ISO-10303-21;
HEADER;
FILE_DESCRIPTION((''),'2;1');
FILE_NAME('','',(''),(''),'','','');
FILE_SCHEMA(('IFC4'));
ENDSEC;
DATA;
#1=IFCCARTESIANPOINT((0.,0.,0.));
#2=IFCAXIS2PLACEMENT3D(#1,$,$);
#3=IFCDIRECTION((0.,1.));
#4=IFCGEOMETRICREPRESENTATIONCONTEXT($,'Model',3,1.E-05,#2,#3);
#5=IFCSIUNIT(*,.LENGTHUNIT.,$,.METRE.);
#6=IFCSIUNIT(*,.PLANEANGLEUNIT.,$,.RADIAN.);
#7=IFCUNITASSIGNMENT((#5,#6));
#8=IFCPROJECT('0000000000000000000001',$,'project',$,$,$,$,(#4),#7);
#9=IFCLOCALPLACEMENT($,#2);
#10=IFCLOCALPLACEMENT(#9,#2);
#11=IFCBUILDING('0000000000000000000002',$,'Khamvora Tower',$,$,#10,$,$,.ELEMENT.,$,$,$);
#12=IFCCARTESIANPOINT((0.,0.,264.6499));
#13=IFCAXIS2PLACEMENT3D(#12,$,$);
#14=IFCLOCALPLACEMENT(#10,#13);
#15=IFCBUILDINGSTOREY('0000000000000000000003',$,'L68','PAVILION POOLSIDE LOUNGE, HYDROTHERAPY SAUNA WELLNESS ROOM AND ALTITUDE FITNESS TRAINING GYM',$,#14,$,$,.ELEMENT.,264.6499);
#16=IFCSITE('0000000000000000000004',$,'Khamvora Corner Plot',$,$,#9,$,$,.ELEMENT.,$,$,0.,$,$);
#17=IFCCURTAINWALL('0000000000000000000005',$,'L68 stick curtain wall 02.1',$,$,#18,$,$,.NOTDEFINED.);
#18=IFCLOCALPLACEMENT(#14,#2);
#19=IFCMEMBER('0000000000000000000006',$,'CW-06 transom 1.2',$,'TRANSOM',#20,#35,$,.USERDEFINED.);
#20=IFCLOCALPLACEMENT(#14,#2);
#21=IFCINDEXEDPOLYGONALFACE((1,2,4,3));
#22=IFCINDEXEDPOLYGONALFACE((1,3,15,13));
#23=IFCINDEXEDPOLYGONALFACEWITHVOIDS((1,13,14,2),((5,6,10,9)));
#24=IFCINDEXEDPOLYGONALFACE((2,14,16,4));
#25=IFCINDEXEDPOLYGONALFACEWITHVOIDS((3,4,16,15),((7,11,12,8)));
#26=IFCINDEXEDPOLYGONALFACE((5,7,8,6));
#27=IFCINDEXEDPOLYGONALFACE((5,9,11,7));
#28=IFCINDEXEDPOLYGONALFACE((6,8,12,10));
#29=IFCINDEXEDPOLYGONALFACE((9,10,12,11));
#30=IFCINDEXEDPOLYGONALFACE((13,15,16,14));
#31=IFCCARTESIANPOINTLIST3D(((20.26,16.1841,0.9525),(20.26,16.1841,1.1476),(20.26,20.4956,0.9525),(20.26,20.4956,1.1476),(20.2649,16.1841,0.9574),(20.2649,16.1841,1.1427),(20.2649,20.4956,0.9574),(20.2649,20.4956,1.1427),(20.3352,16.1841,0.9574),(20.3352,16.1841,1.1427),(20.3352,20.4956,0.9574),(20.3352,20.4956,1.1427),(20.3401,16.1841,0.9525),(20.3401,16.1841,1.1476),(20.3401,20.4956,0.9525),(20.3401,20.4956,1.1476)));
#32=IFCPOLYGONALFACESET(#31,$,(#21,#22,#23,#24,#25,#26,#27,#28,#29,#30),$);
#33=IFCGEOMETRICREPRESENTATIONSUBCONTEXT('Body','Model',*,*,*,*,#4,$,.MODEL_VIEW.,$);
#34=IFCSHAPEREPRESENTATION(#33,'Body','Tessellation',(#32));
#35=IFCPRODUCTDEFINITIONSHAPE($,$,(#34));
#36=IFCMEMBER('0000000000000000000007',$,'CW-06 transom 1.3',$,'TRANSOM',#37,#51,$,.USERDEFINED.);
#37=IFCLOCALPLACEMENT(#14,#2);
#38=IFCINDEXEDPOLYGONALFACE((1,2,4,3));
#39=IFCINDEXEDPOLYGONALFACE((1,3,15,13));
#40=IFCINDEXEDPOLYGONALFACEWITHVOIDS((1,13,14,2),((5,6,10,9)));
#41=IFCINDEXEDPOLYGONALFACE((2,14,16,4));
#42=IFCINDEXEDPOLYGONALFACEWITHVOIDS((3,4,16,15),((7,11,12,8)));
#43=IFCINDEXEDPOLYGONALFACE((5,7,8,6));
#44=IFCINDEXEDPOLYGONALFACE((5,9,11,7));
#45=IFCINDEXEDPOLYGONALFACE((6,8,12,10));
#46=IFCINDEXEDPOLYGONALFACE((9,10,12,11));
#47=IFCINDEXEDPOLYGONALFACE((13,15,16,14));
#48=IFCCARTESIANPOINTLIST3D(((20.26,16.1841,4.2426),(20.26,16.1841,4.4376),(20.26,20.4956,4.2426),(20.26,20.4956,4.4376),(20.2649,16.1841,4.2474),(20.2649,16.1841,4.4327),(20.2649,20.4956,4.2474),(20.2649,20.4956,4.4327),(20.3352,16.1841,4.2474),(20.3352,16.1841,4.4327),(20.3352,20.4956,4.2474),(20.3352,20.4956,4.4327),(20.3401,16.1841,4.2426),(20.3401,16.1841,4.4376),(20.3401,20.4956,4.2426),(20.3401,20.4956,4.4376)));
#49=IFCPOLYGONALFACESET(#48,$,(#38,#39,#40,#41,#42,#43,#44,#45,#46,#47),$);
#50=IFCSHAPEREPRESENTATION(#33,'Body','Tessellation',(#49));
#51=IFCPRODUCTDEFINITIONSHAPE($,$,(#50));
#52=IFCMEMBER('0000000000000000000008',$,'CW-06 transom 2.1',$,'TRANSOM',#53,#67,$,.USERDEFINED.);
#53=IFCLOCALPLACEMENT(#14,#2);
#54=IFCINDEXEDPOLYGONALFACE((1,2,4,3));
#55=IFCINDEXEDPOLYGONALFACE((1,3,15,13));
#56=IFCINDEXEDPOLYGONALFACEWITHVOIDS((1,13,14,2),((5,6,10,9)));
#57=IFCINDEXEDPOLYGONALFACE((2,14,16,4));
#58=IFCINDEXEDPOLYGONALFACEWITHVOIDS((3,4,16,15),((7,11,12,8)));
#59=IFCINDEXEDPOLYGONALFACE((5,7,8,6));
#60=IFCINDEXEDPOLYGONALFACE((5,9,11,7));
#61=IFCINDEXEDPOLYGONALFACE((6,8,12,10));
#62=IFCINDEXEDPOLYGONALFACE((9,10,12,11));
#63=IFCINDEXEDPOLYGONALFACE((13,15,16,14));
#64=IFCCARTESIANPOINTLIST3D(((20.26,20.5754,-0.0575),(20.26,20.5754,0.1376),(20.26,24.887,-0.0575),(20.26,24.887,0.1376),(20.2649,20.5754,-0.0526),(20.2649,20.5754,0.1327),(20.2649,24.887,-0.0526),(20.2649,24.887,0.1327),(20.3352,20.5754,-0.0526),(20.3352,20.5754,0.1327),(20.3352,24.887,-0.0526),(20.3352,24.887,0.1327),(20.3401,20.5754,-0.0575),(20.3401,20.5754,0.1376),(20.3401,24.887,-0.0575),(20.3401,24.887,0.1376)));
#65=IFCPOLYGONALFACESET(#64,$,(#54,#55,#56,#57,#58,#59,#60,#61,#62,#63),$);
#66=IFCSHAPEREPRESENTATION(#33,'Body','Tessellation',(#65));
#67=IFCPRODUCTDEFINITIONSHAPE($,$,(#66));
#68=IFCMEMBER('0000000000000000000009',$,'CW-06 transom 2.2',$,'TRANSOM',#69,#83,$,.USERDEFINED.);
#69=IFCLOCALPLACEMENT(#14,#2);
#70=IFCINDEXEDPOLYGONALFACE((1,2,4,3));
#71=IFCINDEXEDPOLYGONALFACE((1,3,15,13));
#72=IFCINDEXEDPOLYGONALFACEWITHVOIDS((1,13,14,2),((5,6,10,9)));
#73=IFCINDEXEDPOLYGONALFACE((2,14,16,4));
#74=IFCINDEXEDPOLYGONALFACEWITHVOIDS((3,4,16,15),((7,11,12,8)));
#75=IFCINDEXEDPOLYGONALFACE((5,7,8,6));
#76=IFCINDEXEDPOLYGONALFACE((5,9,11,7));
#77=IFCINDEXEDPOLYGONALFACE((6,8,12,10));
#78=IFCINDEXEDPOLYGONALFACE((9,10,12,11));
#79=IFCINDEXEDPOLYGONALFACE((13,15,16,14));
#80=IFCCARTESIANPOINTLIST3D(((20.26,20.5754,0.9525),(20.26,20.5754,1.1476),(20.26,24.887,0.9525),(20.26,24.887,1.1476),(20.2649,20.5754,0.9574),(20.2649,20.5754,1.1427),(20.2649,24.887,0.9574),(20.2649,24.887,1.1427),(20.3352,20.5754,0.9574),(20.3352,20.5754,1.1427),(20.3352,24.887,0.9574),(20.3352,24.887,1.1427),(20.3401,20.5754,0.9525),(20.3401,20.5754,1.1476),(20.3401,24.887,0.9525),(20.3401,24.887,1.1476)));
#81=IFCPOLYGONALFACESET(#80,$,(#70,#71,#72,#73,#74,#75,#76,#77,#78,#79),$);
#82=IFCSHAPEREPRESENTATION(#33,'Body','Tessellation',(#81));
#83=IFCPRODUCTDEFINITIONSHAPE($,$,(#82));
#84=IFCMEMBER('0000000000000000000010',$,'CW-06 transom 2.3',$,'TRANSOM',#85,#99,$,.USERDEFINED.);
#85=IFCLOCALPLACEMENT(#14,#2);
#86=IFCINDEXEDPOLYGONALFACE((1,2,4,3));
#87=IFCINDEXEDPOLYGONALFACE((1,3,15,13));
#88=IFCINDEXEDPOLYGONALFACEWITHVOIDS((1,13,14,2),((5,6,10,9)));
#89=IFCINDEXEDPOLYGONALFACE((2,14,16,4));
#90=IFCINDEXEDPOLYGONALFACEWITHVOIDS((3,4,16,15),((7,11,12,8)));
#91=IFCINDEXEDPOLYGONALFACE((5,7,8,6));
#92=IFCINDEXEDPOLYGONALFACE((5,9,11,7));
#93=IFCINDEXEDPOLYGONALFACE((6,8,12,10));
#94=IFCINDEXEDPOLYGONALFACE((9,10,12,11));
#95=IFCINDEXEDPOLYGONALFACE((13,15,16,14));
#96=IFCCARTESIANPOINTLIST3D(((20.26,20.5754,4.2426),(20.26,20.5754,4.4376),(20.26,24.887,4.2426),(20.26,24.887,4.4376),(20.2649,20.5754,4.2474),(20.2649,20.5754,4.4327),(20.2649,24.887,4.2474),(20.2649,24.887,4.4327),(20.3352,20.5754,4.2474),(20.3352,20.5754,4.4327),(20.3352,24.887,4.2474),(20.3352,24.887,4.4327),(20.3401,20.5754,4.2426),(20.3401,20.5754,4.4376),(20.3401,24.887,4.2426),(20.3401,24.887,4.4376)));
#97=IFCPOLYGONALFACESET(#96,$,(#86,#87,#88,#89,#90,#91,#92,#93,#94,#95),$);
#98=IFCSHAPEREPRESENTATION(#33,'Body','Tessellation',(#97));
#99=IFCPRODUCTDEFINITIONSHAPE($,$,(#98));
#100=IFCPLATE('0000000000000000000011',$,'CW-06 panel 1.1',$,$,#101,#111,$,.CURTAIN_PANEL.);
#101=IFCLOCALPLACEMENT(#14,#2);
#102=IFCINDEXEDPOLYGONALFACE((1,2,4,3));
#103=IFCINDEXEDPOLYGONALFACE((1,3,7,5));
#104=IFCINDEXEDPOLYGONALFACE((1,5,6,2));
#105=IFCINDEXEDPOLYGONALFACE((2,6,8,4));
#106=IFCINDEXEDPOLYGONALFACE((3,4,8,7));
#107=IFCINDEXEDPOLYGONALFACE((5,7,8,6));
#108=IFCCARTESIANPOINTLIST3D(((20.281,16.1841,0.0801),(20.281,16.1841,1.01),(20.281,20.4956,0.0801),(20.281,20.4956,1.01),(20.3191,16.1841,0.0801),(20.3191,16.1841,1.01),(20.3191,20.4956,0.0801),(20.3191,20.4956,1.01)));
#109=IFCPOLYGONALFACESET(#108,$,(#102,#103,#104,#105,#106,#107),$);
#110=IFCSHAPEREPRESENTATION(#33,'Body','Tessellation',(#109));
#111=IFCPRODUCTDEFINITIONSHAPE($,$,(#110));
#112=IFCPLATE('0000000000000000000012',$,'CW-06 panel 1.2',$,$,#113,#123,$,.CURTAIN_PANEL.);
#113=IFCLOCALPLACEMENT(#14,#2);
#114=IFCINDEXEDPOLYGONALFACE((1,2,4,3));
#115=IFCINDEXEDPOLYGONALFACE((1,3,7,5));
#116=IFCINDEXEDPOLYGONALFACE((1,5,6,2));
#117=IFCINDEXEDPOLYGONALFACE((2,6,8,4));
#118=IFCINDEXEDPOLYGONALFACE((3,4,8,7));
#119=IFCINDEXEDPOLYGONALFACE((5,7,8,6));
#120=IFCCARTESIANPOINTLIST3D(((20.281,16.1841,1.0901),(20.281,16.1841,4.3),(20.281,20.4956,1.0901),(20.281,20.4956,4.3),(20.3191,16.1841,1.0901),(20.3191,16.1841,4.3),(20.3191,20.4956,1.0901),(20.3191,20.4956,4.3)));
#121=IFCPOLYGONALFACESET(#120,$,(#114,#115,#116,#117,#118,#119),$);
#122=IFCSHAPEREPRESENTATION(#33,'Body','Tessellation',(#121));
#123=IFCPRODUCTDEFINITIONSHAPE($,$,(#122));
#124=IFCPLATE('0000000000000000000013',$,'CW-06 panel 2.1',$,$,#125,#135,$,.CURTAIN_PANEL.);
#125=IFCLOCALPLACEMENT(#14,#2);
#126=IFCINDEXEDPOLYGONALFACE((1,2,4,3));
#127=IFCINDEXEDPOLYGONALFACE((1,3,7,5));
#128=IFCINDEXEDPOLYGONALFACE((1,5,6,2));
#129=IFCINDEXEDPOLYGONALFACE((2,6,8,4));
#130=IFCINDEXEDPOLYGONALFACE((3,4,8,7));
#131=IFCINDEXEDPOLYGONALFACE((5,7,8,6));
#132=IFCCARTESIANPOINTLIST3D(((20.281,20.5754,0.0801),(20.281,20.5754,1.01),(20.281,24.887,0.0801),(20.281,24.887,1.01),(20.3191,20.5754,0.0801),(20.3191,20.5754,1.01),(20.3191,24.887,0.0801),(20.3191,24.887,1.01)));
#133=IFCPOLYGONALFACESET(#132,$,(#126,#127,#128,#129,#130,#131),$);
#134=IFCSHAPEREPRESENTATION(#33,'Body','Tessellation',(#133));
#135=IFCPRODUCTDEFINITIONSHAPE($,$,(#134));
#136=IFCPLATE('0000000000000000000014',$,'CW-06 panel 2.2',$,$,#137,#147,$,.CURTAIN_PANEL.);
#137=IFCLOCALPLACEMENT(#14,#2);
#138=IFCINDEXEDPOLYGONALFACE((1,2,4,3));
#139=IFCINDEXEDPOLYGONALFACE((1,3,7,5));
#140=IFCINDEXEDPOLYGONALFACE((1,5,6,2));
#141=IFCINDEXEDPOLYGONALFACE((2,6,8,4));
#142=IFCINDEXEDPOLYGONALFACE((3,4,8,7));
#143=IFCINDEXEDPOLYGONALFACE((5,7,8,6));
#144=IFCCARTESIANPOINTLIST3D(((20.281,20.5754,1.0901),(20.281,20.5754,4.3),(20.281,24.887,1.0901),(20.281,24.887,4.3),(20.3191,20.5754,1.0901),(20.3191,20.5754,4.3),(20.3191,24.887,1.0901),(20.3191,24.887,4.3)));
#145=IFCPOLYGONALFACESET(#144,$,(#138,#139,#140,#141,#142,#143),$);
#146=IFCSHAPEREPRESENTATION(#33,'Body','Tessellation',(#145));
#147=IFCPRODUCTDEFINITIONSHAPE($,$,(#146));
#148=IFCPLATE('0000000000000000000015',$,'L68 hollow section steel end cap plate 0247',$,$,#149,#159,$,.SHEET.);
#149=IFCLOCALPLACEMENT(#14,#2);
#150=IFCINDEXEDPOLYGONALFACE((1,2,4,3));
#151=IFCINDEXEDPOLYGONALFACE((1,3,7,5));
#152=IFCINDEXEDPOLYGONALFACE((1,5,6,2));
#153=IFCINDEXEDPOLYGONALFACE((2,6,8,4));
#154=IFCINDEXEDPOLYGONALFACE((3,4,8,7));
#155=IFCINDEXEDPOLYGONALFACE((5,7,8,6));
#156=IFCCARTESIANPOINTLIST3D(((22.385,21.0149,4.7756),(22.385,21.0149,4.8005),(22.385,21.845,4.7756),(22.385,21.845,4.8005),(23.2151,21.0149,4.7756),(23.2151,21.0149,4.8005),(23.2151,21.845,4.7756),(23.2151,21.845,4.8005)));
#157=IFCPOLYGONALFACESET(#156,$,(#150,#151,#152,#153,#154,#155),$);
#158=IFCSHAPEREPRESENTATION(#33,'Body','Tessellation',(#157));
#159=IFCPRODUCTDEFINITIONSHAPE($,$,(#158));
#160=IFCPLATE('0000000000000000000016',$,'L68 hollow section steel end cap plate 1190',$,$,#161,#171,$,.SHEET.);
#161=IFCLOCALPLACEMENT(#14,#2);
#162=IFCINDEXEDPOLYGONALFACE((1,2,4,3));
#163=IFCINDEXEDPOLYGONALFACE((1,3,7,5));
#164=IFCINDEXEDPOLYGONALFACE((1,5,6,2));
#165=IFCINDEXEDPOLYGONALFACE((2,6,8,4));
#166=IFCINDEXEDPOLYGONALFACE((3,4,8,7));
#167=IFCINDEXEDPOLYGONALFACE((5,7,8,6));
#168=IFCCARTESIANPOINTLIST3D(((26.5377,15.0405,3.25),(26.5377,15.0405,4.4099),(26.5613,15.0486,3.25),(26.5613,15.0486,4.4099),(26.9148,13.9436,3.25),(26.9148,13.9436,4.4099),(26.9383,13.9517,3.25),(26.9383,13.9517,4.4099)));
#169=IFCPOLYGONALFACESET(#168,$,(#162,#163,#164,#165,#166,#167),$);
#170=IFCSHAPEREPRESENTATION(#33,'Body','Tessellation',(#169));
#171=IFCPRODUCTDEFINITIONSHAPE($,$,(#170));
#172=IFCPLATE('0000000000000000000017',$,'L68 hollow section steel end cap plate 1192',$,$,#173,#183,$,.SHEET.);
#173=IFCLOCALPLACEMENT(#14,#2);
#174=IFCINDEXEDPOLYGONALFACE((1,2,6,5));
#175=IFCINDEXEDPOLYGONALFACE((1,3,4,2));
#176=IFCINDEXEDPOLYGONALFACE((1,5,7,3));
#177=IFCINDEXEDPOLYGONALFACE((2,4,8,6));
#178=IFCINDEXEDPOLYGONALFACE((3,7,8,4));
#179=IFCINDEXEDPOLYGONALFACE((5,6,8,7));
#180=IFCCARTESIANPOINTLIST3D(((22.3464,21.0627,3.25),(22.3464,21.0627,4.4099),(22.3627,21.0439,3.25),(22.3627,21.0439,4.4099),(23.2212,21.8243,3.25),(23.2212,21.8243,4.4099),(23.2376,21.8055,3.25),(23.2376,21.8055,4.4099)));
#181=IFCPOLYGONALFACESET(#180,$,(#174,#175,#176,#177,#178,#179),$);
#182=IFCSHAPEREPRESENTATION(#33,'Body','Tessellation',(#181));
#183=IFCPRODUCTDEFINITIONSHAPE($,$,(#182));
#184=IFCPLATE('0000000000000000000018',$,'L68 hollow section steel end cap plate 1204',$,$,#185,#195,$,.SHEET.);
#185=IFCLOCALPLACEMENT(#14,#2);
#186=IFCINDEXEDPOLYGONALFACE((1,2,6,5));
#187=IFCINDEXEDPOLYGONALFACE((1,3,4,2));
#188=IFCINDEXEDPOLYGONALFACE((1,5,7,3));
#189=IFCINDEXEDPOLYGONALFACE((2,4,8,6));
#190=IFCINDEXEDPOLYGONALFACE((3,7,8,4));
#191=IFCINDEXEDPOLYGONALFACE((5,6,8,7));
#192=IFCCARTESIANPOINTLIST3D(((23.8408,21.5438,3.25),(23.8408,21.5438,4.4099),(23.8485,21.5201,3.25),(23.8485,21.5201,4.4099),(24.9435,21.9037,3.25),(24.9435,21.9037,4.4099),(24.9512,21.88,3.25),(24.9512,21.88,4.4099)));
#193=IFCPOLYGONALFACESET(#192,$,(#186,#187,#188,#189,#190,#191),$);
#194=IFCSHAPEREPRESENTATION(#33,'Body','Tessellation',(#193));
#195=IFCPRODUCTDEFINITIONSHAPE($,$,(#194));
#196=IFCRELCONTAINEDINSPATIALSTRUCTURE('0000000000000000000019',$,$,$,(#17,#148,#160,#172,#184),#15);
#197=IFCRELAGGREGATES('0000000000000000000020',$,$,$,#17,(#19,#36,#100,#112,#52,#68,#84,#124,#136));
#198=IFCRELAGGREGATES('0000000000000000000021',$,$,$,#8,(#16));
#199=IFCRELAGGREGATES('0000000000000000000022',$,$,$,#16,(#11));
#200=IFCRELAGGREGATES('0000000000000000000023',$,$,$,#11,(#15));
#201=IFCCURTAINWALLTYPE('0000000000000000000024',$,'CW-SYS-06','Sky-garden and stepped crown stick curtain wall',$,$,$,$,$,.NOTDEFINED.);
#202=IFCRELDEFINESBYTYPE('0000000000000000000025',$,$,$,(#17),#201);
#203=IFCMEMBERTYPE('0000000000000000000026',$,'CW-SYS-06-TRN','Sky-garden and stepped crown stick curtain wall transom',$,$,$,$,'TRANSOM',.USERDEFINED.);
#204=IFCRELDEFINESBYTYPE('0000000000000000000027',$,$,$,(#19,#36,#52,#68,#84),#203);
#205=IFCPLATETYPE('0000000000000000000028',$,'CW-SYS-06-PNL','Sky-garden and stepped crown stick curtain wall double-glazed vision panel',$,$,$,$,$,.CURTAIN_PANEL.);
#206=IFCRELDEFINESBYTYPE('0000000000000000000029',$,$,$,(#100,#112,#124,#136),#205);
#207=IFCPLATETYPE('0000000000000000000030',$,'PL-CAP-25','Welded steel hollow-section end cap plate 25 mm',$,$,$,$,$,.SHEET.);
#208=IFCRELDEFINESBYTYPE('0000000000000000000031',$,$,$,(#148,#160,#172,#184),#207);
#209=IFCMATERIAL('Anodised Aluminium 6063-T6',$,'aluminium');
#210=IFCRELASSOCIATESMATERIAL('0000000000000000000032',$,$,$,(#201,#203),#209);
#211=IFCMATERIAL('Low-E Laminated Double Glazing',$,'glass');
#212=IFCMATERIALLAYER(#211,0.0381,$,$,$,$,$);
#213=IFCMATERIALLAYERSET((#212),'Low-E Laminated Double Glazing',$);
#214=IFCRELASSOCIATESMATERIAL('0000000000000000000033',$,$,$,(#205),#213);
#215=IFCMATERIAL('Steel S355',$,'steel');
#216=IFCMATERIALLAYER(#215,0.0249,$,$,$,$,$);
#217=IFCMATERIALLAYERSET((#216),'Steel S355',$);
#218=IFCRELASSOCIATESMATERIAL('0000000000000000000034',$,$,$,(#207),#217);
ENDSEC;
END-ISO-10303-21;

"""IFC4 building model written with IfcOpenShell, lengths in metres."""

from ifc_helpers import new_model, si_unit, direction, frame, origin, origin_2d, place, context, subcontext, project, spatial, rectangle, hollow_rectangle, extrude, material, layer, layer_set, material_profile, profile_set, type_object, element, aggregate, save


model = new_model("IFC4")

# Units and contexts
model_context = context("Model", 3, precision=1e-05, world=origin(), true_north=direction((0.0, 1.0)))
body_context = subcontext(model_context, "Body", "Model", "MODEL_VIEW")
ifc_project = project(units=[si_unit("LENGTHUNIT", "METRE"), si_unit("PLANEANGLEUNIT", "RADIAN")], contexts=[model_context])

# Site, building, storey
site_placement = place(None, origin())
site = spatial("IfcSite", under=ifc_project, at=site_placement, Name="Khamvora Corner Plot", CompositionType="ELEMENT", RefElevation=0.0)
building_placement = place(site_placement, origin())
building = spatial("IfcBuilding", under=site, at=building_placement, Name="Khamvora Tower", CompositionType="ELEMENT")
storey_placement = place(building_placement, frame((0.0, 0.0, 264.6499)))
storey = spatial("IfcBuildingStorey", under=building, at=storey_placement, Name="L68", Description="PAVILION POOLSIDE LOUNGE, HYDROTHERAPY SAUNA WELLNESS ROOM AND ALTITUDE FITNESS TRAINING GYM", CompositionType="ELEMENT", Elevation=264.6499)

# Shared definitions
ifc_material_1 = material(Name="Steel S355", Category="steel")

# Curtain wall, members, plates
ifc_material_2 = material(Name="Anodised Aluminium 6063-T6", Category="aluminium")
curtain_wall_type = type_object("IfcCurtainWallType", Name="CW-SYS-06", Description="Sky-garden and stepped crown stick curtain wall", PredefinedType="NOTDEFINED", material=ifc_material_2)
curtain_wall_placement = place(storey_placement, origin())
curtain_wall = element("IfcCurtainWall", 1, at=curtain_wall_placement, inside=storey, type_object=curtain_wall_type, Name="L68 stick curtain wall 02.1", PredefinedType="NOTDEFINED")
ifc_material_profile_1 = material_profile(ifc_material_2, hollow_rectangle(XDim=0.0801, YDim=0.1951, WallThickness=0.0049, at=origin_2d()), Name="TRN80x195x5")
ifc_profile_set_1 = profile_set([ifc_material_profile_1], Name="Anodised Aluminium 6063-T6")
member_type_1 = type_object("IfcMemberType", Name="CW-SYS-06-TRN", Description="Sky-garden and stepped crown stick curtain wall transom", ElementType="TRANSOM", PredefinedType="USERDEFINED", material=ifc_profile_set_1)
member_1_placement = place(storey_placement, frame((20.3, 16.1841, 1.05), z_axis=(0.0, 1.0, 0.0), x_axis=(-1.0, 0.0, 0.0)))
member_1 = element("IfcMember", 2, at=member_1_placement, type_object=member_type_1, Name="CW-06 transom 1.2", ObjectType="TRANSOM", PredefinedType="USERDEFINED", context=body_context, shape_type="SweptSolid", body=[
    extrude(hollow_rectangle(XDim=0.0801, YDim=0.1951, WallThickness=0.0049, at=origin_2d()), origin(), (0.0, 0.0, 1.0), 4.3115),
])
member_2_placement = place(storey_placement, frame((20.3, 16.1841, 4.3401), z_axis=(0.0, 1.0, 0.0), x_axis=(-1.0, 0.0, 0.0)))
member_2 = element("IfcMember", 3, at=member_2_placement, type_object=member_type_1, Name="CW-06 transom 1.3", ObjectType="TRANSOM", PredefinedType="USERDEFINED", context=body_context, shape_type="SweptSolid", body=[
    extrude(hollow_rectangle(XDim=0.0801, YDim=0.1951, WallThickness=0.0049, at=origin_2d()), origin(), (0.0, 0.0, 1.0), 4.3115),
])
member_3_placement = place(storey_placement, frame((20.3, 20.5754, 0.04), z_axis=(0.0, 1.0, 0.0), x_axis=(-1.0, 0.0, 0.0)))
member_3 = element("IfcMember", 4, at=member_3_placement, type_object=member_type_1, Name="CW-06 transom 2.1", ObjectType="TRANSOM", PredefinedType="USERDEFINED", context=body_context, shape_type="SweptSolid", body=[
    extrude(hollow_rectangle(XDim=0.0801, YDim=0.1951, WallThickness=0.0049, at=origin_2d()), origin(), (0.0, 0.0, 1.0), 4.3115),
])
member_4_placement = place(storey_placement, frame((20.3, 20.5754, 1.05), z_axis=(0.0, 1.0, 0.0), x_axis=(-1.0, 0.0, 0.0)))
member_4 = element("IfcMember", 5, at=member_4_placement, type_object=member_type_1, Name="CW-06 transom 2.2", ObjectType="TRANSOM", PredefinedType="USERDEFINED", context=body_context, shape_type="SweptSolid", body=[
    extrude(hollow_rectangle(XDim=0.0801, YDim=0.1951, WallThickness=0.0049, at=origin_2d()), origin(), (0.0, 0.0, 1.0), 4.3115),
])
member_5_placement = place(storey_placement, frame((20.3, 20.5754, 4.3401), z_axis=(0.0, 1.0, 0.0), x_axis=(-1.0, 0.0, 0.0)))
member_5 = element("IfcMember", 6, at=member_5_placement, type_object=member_type_1, Name="CW-06 transom 2.3", ObjectType="TRANSOM", PredefinedType="USERDEFINED", context=body_context, shape_type="SweptSolid", body=[
    extrude(hollow_rectangle(XDim=0.0801, YDim=0.1951, WallThickness=0.0049, at=origin_2d()), origin(), (0.0, 0.0, 1.0), 4.3115),
])
ifc_material_3 = material(Name="Low-E Laminated Double Glazing", Category="glass")
ifc_layer_1 = layer(ifc_material_3, 0.0381)
ifc_layer_set_1 = layer_set([ifc_layer_1], Name="Low-E Laminated Double Glazing")
plate_type_1 = type_object("IfcPlateType", Name="CW-SYS-06-PNL", Description="Sky-garden and stepped crown stick curtain wall double-glazed vision panel", PredefinedType="CURTAIN_PANEL", material=ifc_layer_set_1)
plate_1_placement = place(storey_placement, frame((20.3, 18.3398, 0.0801), z_axis=(0.0, 0.0, 1.0), x_axis=(0.0, 1.0, 0.0)))
plate_1 = element("IfcPlate", 7, at=plate_1_placement, type_object=plate_type_1, Name="CW-06 panel 1.1", PredefinedType="CURTAIN_PANEL", context=body_context, shape_type="SweptSolid", body=[
    extrude(rectangle(XDim=4.3115, YDim=0.0381, at=origin_2d()), origin(), (0.0, 0.0, 1.0), 0.9299),
])
plate_2_placement = place(storey_placement, frame((20.3, 18.3398, 1.0901), z_axis=(0.0, 0.0, 1.0), x_axis=(0.0, 1.0, 0.0)))
plate_2 = element("IfcPlate", 8, at=plate_2_placement, type_object=plate_type_1, Name="CW-06 panel 1.2", PredefinedType="CURTAIN_PANEL", context=body_context, shape_type="SweptSolid", body=[
    extrude(rectangle(XDim=4.3115, YDim=0.0381, at=origin_2d()), origin(), (0.0, 0.0, 1.0), 3.21),
])
plate_3_placement = place(storey_placement, frame((20.3, 22.7312, 0.0801), z_axis=(0.0, 0.0, 1.0), x_axis=(0.0, 1.0, 0.0)))
plate_3 = element("IfcPlate", 9, at=plate_3_placement, type_object=plate_type_1, Name="CW-06 panel 2.1", PredefinedType="CURTAIN_PANEL", context=body_context, shape_type="SweptSolid", body=[
    extrude(rectangle(XDim=4.3115, YDim=0.0381, at=origin_2d()), origin(), (0.0, 0.0, 1.0), 0.9299),
])
plate_4_placement = place(storey_placement, frame((20.3, 22.7312, 1.0901), z_axis=(0.0, 0.0, 1.0), x_axis=(0.0, 1.0, 0.0)))
plate_4 = element("IfcPlate", 10, at=plate_4_placement, type_object=plate_type_1, Name="CW-06 panel 2.2", PredefinedType="CURTAIN_PANEL", context=body_context, shape_type="SweptSolid", body=[
    extrude(rectangle(XDim=4.3115, YDim=0.0381, at=origin_2d()), origin(), (0.0, 0.0, 1.0), 3.21),
])
aggregate(curtain_wall, [member_1, member_2, plate_1, plate_2, member_3, member_4, member_5, plate_3, plate_4])

# Plates
ifc_layer_2 = layer(ifc_material_1, 0.0249)
ifc_layer_set_2 = layer_set([ifc_layer_2], Name="Steel S355")
plate_type_2 = type_object("IfcPlateType", Name="PL-CAP-25", Description="Welded steel hollow-section end cap plate 25 mm", PredefinedType="SHEET", material=ifc_layer_set_2)
plate_5_placement = place(storey_placement, frame((22.8, 21.4299, 4.7756), z_axis=(0.0, 0.0, 1.0), x_axis=(1.0, 0.0, 0.0)))
element("IfcPlate", 11, at=plate_5_placement, inside=storey, type_object=plate_type_2, Name="L68 hollow section steel end cap plate 0247", PredefinedType="SHEET", context=body_context, shape_type="SweptSolid", body=[
    extrude(rectangle(XDim=0.8301, YDim=0.8301, at=origin_2d()), origin(), (0.0, 0.0, 1.0), 0.0249),
])
for number, where, z_axis, x_axis, name in (
    (12, (26.738, 14.4961, 3.25), (0.0, 0.0, 1.0), (0.945689, 0.325073, 0.0), "L68 hollow section steel end cap plate 1190"),
    (13, (22.792, 21.4341, 3.25), (0.0, 0.0, 1.0), (0.656612, -0.754228, 0.0), "L68 hollow section steel end cap plate 1192"),
    (14, (24.396, 21.7119, 3.25), (0.0, 0.0, 1.0), (-0.310278, 0.950646, 0.0), "L68 hollow section steel end cap plate 1204"),
):
    element("IfcPlate", number, at=place(storey_placement, frame(where, z_axis=z_axis, x_axis=x_axis)), inside=storey, type_object=plate_type_2, Name=name, PredefinedType="SHEET", context=body_context, shape_type="SweptSolid", body=[
        extrude(rectangle(XDim=0.0249, YDim=1.1599, at=origin_2d()), origin(), (0.0, 0.0, 1.0), 1.1599),
    ])

save(model, "model.ifc")
